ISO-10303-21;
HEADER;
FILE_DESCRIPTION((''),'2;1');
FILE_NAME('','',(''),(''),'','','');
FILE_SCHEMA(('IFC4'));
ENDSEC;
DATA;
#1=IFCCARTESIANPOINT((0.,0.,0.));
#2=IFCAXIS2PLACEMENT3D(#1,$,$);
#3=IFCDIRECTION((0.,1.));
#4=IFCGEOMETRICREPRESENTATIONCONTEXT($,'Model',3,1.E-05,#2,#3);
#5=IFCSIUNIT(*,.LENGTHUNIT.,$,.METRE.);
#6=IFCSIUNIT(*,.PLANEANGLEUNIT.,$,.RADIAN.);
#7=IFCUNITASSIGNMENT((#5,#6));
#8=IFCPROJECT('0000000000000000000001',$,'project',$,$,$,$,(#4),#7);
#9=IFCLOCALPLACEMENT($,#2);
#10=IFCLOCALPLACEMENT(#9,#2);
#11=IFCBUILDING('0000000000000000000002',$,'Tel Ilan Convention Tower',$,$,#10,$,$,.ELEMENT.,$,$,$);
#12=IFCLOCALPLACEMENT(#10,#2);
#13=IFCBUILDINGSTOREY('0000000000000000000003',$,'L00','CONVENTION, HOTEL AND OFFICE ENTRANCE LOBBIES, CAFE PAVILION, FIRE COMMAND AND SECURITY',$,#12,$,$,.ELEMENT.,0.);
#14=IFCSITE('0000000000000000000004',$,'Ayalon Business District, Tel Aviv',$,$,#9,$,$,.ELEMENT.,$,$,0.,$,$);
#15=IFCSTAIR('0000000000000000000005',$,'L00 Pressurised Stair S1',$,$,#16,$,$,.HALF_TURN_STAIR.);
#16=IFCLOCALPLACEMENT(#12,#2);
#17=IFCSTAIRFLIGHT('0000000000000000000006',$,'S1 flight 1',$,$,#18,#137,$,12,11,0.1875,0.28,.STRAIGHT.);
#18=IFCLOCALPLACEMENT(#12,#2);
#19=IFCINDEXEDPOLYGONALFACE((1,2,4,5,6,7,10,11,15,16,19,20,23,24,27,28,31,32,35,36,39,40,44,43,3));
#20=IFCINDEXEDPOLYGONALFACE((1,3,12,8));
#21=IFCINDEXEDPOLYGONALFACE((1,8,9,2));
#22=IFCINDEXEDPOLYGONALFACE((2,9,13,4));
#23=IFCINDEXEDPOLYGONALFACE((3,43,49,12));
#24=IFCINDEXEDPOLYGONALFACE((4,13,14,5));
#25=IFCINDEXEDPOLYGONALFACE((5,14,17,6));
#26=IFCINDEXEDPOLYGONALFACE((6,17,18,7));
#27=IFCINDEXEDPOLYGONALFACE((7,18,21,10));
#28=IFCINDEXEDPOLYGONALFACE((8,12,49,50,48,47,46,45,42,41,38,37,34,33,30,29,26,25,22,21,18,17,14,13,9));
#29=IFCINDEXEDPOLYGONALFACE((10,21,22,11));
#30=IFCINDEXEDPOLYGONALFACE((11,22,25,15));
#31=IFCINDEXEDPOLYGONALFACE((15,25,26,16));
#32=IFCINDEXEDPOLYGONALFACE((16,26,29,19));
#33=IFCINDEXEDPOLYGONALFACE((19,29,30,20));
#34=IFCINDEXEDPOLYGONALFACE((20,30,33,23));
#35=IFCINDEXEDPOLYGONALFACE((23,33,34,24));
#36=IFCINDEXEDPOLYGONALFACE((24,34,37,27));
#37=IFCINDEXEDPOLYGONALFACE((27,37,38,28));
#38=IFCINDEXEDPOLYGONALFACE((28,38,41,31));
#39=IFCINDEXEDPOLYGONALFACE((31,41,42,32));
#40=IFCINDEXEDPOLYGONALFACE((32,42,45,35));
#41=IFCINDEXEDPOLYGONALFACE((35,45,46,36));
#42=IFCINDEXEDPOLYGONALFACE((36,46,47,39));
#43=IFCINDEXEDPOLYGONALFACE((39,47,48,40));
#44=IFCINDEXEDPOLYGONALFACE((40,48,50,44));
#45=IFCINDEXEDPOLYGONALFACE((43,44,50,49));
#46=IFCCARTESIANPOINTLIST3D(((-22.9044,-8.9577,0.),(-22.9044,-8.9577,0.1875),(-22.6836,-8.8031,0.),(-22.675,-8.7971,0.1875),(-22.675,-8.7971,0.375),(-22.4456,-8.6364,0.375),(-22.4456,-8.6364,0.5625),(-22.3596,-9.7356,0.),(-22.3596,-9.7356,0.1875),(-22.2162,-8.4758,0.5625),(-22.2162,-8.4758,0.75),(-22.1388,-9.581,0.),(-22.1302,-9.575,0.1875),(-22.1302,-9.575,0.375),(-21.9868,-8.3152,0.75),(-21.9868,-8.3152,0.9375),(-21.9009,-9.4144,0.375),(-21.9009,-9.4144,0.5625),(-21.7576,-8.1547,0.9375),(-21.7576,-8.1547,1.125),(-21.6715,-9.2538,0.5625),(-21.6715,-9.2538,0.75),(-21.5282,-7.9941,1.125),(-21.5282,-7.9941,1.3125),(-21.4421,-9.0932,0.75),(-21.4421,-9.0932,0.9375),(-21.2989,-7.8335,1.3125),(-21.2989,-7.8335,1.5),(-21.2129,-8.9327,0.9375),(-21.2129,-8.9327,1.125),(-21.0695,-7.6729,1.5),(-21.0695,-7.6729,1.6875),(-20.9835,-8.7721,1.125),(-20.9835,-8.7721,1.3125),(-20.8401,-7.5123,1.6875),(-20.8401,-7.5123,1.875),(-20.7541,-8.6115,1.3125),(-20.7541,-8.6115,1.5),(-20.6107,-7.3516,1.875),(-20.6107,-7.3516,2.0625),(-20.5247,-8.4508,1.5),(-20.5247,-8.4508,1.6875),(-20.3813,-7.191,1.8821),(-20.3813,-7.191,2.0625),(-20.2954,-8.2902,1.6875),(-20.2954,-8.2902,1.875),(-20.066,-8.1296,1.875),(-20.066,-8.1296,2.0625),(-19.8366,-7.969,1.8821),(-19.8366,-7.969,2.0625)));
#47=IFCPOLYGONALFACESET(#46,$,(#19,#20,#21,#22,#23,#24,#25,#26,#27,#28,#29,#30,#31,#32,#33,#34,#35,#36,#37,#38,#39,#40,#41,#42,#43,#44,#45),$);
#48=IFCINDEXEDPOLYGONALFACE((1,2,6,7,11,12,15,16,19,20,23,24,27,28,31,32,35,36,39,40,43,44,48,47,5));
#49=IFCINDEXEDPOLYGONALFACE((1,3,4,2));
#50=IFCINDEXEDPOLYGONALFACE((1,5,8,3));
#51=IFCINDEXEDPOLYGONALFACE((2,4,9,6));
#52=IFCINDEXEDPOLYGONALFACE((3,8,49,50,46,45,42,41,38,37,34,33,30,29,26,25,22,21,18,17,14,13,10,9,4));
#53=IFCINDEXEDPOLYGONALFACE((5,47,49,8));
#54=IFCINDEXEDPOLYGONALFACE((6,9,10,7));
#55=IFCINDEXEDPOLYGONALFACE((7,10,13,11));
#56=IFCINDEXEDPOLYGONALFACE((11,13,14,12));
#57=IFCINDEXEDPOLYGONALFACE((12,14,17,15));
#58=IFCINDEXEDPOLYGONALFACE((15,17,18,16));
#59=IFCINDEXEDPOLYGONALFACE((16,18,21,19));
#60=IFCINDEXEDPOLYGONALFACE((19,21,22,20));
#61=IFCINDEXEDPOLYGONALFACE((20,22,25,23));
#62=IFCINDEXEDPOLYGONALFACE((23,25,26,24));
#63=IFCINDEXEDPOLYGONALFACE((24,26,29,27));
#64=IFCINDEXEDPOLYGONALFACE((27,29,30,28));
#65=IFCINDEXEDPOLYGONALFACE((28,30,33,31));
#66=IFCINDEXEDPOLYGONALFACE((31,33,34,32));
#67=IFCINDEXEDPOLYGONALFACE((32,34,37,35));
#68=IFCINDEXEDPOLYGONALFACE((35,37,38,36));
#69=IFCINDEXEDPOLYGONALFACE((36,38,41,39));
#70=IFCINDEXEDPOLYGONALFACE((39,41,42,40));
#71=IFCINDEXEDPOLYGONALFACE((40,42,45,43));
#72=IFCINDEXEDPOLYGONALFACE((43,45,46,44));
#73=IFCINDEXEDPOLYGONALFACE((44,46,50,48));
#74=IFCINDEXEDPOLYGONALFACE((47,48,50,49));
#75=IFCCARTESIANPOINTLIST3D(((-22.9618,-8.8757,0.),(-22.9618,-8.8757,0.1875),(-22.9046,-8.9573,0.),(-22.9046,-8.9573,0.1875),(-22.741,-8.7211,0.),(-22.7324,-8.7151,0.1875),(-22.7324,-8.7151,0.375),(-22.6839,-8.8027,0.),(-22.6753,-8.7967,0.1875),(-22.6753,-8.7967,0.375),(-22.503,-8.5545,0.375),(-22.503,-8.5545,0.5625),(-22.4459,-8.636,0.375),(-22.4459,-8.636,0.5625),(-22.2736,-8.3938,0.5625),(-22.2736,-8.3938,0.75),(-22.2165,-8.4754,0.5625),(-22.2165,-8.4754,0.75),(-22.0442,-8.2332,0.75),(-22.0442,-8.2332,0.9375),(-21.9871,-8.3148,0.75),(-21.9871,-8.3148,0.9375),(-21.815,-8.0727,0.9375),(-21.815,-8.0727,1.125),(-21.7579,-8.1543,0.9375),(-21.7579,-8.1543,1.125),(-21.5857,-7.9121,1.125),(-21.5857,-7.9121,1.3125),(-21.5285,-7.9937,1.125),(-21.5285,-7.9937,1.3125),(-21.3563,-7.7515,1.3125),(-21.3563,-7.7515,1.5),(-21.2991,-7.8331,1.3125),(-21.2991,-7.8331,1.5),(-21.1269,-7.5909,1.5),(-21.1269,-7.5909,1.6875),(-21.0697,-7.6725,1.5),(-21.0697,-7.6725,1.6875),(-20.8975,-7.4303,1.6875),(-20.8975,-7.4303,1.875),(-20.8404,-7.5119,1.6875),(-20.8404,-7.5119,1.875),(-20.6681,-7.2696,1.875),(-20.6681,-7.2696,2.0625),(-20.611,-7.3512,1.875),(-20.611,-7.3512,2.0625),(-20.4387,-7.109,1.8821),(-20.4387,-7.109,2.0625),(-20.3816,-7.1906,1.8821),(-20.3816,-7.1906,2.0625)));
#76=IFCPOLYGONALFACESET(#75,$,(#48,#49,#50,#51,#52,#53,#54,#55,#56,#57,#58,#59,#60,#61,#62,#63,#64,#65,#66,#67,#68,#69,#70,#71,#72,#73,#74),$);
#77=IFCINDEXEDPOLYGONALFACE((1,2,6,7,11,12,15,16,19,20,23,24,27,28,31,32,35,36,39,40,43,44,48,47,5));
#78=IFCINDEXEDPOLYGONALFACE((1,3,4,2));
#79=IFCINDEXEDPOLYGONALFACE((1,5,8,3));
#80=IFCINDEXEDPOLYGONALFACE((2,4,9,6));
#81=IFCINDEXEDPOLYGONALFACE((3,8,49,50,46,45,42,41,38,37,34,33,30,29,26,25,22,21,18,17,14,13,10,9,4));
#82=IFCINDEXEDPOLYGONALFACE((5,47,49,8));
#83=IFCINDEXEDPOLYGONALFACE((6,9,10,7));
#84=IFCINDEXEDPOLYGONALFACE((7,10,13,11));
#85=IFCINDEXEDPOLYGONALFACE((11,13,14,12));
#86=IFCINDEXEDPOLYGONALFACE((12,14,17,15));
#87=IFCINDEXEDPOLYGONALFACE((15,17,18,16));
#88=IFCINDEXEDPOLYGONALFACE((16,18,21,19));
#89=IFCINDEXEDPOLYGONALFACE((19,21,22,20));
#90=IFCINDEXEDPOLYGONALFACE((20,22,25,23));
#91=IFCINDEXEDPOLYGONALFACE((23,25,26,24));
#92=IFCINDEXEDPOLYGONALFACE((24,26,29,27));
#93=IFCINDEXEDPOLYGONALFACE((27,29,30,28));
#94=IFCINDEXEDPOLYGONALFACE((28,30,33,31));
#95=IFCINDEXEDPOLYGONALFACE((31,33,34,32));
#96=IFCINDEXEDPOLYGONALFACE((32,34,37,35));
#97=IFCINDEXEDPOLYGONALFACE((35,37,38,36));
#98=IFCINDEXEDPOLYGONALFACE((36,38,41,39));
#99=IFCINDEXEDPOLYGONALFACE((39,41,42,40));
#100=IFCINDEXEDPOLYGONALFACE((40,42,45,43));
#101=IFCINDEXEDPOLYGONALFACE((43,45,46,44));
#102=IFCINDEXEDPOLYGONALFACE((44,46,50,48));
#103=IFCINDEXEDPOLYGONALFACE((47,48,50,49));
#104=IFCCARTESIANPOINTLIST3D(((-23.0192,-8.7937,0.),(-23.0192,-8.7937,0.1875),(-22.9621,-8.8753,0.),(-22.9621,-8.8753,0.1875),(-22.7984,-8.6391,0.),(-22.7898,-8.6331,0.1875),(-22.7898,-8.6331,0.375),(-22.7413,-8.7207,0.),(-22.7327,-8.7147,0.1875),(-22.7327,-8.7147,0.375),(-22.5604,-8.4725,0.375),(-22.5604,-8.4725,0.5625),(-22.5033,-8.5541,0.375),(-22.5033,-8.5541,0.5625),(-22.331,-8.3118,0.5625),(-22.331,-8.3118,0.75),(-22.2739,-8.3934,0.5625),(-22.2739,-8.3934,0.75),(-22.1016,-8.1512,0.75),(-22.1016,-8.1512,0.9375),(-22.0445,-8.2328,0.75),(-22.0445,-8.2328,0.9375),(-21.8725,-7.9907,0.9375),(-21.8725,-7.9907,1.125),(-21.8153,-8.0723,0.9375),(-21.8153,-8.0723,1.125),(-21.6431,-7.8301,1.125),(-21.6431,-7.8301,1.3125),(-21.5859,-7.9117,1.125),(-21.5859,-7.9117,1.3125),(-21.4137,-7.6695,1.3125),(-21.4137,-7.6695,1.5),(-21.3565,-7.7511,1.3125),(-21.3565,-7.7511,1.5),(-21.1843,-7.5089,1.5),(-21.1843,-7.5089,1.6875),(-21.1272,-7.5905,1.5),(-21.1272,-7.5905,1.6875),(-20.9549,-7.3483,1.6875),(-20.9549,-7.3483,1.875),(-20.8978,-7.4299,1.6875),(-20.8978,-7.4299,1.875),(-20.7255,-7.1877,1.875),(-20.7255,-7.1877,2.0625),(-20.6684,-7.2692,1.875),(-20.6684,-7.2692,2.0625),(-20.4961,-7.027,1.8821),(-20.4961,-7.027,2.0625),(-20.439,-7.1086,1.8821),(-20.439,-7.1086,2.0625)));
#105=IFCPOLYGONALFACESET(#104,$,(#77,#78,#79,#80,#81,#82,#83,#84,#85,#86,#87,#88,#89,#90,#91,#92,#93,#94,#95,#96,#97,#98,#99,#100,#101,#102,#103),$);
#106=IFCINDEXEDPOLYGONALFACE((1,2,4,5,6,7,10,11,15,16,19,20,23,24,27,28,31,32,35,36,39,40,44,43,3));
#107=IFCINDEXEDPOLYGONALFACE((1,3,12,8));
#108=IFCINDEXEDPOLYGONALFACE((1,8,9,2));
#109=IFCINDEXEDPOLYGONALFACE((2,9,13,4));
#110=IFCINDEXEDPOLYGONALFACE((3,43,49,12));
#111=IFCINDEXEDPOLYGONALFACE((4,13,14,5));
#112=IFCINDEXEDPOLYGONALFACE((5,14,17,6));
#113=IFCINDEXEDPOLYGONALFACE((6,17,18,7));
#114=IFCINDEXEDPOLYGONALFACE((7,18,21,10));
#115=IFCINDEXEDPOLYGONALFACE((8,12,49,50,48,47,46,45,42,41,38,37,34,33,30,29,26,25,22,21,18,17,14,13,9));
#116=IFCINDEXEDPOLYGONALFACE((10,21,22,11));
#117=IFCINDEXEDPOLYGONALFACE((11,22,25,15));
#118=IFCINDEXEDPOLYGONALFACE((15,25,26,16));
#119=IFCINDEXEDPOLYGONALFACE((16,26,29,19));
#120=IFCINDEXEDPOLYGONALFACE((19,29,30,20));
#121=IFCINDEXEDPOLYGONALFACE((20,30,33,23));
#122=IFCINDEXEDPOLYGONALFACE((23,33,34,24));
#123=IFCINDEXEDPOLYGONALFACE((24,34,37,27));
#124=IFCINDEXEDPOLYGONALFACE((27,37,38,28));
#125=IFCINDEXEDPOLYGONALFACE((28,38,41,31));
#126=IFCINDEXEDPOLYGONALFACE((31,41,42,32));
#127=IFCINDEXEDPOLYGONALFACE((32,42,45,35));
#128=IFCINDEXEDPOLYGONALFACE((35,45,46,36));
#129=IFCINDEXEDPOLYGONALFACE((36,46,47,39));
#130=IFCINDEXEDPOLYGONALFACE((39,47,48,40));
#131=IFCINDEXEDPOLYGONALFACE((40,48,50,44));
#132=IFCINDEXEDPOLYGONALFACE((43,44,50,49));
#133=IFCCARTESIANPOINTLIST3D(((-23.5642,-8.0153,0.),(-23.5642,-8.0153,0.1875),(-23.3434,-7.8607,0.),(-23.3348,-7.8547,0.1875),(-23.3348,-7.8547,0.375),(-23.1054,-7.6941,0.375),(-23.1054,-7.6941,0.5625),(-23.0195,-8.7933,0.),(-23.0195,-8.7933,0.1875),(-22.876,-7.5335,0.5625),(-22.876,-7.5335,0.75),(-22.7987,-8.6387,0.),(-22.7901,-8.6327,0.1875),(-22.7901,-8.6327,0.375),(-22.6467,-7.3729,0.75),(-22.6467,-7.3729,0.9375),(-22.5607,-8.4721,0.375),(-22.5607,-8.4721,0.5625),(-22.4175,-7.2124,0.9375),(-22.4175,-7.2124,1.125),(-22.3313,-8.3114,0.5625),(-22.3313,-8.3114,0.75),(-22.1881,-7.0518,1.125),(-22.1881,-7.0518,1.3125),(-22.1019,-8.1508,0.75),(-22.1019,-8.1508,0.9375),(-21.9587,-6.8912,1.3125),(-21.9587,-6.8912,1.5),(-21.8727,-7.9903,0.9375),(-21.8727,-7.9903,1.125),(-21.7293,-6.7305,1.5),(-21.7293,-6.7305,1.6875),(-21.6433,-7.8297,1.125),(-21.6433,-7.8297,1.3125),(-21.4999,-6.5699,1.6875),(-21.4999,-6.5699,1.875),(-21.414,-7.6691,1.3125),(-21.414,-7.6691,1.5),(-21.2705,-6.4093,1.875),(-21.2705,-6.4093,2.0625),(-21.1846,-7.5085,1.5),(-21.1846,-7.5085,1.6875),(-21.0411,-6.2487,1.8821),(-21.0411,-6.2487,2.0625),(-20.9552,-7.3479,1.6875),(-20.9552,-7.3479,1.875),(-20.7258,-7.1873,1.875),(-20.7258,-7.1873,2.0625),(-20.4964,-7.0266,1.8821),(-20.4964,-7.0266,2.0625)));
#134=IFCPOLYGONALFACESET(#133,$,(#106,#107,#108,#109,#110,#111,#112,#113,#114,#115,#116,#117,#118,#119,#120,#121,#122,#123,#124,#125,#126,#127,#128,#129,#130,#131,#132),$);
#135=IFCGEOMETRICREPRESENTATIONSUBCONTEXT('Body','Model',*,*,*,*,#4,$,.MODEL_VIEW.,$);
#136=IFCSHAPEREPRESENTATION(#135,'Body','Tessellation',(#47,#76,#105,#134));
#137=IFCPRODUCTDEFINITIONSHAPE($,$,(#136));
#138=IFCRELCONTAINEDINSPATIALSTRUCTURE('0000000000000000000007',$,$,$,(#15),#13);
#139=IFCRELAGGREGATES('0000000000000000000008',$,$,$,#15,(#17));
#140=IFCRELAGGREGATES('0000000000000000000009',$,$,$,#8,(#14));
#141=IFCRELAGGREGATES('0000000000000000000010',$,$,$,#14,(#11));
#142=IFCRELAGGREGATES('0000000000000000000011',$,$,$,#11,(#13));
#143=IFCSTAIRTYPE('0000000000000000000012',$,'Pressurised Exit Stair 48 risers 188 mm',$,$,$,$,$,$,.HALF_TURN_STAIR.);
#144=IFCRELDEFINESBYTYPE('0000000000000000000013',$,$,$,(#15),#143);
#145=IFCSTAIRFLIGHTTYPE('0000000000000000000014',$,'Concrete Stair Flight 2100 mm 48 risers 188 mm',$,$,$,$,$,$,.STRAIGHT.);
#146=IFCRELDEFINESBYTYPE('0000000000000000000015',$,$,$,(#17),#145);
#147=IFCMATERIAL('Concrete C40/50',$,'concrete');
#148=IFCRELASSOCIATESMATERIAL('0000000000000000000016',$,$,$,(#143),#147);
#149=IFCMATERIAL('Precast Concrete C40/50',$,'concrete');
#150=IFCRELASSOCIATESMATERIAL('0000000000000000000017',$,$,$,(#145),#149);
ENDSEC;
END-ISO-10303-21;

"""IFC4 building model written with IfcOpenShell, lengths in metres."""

from ifc_helpers import new_model, si_unit, direction, frame, origin, place, context, subcontext, project, spatial, polyline, outline, extrude, material, type_object, element, aggregate, save


model = new_model("IFC4")

# Units and contexts
model_context = context("Model", 3, precision=1e-05, world=origin(), true_north=direction((0.0, 1.0)))
body_context = subcontext(model_context, "Body", "Model", "MODEL_VIEW")
ifc_project = project(units=[si_unit("LENGTHUNIT", "METRE"), si_unit("PLANEANGLEUNIT", "RADIAN")], contexts=[model_context])

# Site, building, storey
site_placement = place(None, origin())
site = spatial("IfcSite", under=ifc_project, at=site_placement, Name="Ayalon Business District, Tel Aviv", CompositionType="ELEMENT", RefElevation=0.0)
building_placement = place(site_placement, origin())
building = spatial("IfcBuilding", under=site, at=building_placement, Name="Tel Ilan Convention Tower", CompositionType="ELEMENT")
storey_placement = place(building_placement, origin())
storey = spatial("IfcBuildingStorey", under=building, at=storey_placement, Name="L00", Description="CONVENTION, HOTEL AND OFFICE ENTRANCE LOBBIES, CAFE PAVILION, FIRE COMMAND AND SECURITY", CompositionType="ELEMENT", Elevation=0.0)

# Stair, stair flight
ifc_material_1 = material(Name="Concrete C40/50", Category="concrete")
stair_type = type_object("IfcStairType", Name="Pressurised Exit Stair 48 risers 188 mm", PredefinedType="HALF_TURN_STAIR", material=ifc_material_1)
stair_placement = place(storey_placement, origin())
stair = element("IfcStair", 1, at=stair_placement, inside=storey, type_object=stair_type, Name="L00 Pressurised Stair S1", PredefinedType="HALF_TURN_STAIR")
ifc_material_2 = material(Name="Precast Concrete C40/50", Category="concrete")
stair_flight_type = type_object("IfcStairFlightType", Name="Concrete Stair Flight 2100 mm 48 risers 188 mm", PredefinedType="STRAIGHT", material=ifc_material_2)
stair_flight_1_placement = place(storey_placement, frame((-22.9619, -8.8755, 0.0), z_axis=(0.0, 0.0, 1.0), x_axis=(0.819152, 0.573576, 0.0)))
stair_flight_1 = element("IfcStairFlight", 2, at=stair_flight_1_placement, type_object=stair_flight_type, Name="S1 flight 1", NumberOfRisers=12, NumberOfTreads=11, PredefinedType="STRAIGHT", RiserHeight=0.1875, TreadLength=0.28, context=body_context, shape_type="SweptSolid", body=[
    extrude(outline(polyline([(0.0, 0.0), (0.0, 0.1875), (0.28, 0.1875), (0.28, 0.375), (0.5601, 0.375), (0.5601, 0.5625), (0.8401, 0.5625), (0.8401, 0.75), (1.1201, 0.75), (1.1201, 0.9375), (1.3999, 0.9375), (1.3999, 1.125), (1.6799, 1.125), (1.6799, 1.3125), (1.96, 1.3125), (1.96, 1.5), (2.24, 1.5), (2.24, 1.6875), (2.52, 1.6875), (2.52, 1.875), (2.8, 1.875), (2.8, 2.0625), (3.0801, 2.0625), (3.0801, 2.25), (3.0801, 1.8821), (0.2695, 0.0), (0.0, 0.0)])), frame((0.0, -0.1003, 0.0), z_axis=(0.0, -1.0, 0.0), x_axis=(1.0, 0.0, 0.0)), (0.0, 0.0, 1.0), 0.9497),
    extrude(outline(polyline([(0.0, 0.0), (0.0, 0.1875), (0.28, 0.1875), (0.28, 0.375), (0.5601, 0.375), (0.5601, 0.5625), (0.8401, 0.5625), (0.8401, 0.75), (1.1201, 0.75), (1.1201, 0.9375), (1.3999, 0.9375), (1.3999, 1.125), (1.6799, 1.125), (1.6799, 1.3125), (1.96, 1.3125), (1.96, 1.5), (2.24, 1.5), (2.24, 1.6875), (2.52, 1.6875), (2.52, 1.875), (2.8, 1.875), (2.8, 2.0625), (3.0801, 2.0625), (3.0801, 2.25), (3.0801, 1.8821), (0.2695, 0.0), (0.0, 0.0)])), frame((0.0, -0.0002, 0.0), z_axis=(0.0, -1.0, 0.0), x_axis=(1.0, 0.0, 0.0)), (0.0, 0.0, 1.0), 0.0996),
    extrude(outline(polyline([(0.0, 0.0), (0.0, 0.1875), (0.28, 0.1875), (0.28, 0.375), (0.5601, 0.375), (0.5601, 0.5625), (0.8401, 0.5625), (0.8401, 0.75), (1.1201, 0.75), (1.1201, 0.9375), (1.3999, 0.9375), (1.3999, 1.125), (1.6799, 1.125), (1.6799, 1.3125), (1.96, 1.3125), (1.96, 1.5), (2.24, 1.5), (2.24, 1.6875), (2.52, 1.6875), (2.52, 1.875), (2.8, 1.875), (2.8, 2.0625), (3.0801, 2.0625), (3.0801, 2.25), (3.0801, 1.8821), (0.2695, 0.0), (0.0, 0.0)])), frame((0.0, 0.0999, 0.0), z_axis=(0.0, -1.0, 0.0), x_axis=(1.0, 0.0, 0.0)), (0.0, 0.0, 1.0), 0.0996),
    extrude(outline(polyline([(0.0, 0.0), (0.0, 0.1875), (0.28, 0.1875), (0.28, 0.375), (0.5601, 0.375), (0.5601, 0.5625), (0.8401, 0.5625), (0.8401, 0.75), (1.1201, 0.75), (1.1201, 0.9375), (1.3999, 0.9375), (1.3999, 1.125), (1.6799, 1.125), (1.6799, 1.3125), (1.96, 1.3125), (1.96, 1.5), (2.24, 1.5), (2.24, 1.6875), (2.52, 1.6875), (2.52, 1.875), (2.8, 1.875), (2.8, 2.0625), (3.0801, 2.0625), (3.0801, 2.25), (3.0801, 1.8821), (0.2695, 0.0), (0.0, 0.0)])), frame((0.0, 1.05, 0.0), z_axis=(0.0, -1.0, 0.0), x_axis=(1.0, 0.0, 0.0)), (0.0, 0.0, 1.0), 0.9497),
])
aggregate(stair, [stair_flight_1])

save(model, "model.ifc")
